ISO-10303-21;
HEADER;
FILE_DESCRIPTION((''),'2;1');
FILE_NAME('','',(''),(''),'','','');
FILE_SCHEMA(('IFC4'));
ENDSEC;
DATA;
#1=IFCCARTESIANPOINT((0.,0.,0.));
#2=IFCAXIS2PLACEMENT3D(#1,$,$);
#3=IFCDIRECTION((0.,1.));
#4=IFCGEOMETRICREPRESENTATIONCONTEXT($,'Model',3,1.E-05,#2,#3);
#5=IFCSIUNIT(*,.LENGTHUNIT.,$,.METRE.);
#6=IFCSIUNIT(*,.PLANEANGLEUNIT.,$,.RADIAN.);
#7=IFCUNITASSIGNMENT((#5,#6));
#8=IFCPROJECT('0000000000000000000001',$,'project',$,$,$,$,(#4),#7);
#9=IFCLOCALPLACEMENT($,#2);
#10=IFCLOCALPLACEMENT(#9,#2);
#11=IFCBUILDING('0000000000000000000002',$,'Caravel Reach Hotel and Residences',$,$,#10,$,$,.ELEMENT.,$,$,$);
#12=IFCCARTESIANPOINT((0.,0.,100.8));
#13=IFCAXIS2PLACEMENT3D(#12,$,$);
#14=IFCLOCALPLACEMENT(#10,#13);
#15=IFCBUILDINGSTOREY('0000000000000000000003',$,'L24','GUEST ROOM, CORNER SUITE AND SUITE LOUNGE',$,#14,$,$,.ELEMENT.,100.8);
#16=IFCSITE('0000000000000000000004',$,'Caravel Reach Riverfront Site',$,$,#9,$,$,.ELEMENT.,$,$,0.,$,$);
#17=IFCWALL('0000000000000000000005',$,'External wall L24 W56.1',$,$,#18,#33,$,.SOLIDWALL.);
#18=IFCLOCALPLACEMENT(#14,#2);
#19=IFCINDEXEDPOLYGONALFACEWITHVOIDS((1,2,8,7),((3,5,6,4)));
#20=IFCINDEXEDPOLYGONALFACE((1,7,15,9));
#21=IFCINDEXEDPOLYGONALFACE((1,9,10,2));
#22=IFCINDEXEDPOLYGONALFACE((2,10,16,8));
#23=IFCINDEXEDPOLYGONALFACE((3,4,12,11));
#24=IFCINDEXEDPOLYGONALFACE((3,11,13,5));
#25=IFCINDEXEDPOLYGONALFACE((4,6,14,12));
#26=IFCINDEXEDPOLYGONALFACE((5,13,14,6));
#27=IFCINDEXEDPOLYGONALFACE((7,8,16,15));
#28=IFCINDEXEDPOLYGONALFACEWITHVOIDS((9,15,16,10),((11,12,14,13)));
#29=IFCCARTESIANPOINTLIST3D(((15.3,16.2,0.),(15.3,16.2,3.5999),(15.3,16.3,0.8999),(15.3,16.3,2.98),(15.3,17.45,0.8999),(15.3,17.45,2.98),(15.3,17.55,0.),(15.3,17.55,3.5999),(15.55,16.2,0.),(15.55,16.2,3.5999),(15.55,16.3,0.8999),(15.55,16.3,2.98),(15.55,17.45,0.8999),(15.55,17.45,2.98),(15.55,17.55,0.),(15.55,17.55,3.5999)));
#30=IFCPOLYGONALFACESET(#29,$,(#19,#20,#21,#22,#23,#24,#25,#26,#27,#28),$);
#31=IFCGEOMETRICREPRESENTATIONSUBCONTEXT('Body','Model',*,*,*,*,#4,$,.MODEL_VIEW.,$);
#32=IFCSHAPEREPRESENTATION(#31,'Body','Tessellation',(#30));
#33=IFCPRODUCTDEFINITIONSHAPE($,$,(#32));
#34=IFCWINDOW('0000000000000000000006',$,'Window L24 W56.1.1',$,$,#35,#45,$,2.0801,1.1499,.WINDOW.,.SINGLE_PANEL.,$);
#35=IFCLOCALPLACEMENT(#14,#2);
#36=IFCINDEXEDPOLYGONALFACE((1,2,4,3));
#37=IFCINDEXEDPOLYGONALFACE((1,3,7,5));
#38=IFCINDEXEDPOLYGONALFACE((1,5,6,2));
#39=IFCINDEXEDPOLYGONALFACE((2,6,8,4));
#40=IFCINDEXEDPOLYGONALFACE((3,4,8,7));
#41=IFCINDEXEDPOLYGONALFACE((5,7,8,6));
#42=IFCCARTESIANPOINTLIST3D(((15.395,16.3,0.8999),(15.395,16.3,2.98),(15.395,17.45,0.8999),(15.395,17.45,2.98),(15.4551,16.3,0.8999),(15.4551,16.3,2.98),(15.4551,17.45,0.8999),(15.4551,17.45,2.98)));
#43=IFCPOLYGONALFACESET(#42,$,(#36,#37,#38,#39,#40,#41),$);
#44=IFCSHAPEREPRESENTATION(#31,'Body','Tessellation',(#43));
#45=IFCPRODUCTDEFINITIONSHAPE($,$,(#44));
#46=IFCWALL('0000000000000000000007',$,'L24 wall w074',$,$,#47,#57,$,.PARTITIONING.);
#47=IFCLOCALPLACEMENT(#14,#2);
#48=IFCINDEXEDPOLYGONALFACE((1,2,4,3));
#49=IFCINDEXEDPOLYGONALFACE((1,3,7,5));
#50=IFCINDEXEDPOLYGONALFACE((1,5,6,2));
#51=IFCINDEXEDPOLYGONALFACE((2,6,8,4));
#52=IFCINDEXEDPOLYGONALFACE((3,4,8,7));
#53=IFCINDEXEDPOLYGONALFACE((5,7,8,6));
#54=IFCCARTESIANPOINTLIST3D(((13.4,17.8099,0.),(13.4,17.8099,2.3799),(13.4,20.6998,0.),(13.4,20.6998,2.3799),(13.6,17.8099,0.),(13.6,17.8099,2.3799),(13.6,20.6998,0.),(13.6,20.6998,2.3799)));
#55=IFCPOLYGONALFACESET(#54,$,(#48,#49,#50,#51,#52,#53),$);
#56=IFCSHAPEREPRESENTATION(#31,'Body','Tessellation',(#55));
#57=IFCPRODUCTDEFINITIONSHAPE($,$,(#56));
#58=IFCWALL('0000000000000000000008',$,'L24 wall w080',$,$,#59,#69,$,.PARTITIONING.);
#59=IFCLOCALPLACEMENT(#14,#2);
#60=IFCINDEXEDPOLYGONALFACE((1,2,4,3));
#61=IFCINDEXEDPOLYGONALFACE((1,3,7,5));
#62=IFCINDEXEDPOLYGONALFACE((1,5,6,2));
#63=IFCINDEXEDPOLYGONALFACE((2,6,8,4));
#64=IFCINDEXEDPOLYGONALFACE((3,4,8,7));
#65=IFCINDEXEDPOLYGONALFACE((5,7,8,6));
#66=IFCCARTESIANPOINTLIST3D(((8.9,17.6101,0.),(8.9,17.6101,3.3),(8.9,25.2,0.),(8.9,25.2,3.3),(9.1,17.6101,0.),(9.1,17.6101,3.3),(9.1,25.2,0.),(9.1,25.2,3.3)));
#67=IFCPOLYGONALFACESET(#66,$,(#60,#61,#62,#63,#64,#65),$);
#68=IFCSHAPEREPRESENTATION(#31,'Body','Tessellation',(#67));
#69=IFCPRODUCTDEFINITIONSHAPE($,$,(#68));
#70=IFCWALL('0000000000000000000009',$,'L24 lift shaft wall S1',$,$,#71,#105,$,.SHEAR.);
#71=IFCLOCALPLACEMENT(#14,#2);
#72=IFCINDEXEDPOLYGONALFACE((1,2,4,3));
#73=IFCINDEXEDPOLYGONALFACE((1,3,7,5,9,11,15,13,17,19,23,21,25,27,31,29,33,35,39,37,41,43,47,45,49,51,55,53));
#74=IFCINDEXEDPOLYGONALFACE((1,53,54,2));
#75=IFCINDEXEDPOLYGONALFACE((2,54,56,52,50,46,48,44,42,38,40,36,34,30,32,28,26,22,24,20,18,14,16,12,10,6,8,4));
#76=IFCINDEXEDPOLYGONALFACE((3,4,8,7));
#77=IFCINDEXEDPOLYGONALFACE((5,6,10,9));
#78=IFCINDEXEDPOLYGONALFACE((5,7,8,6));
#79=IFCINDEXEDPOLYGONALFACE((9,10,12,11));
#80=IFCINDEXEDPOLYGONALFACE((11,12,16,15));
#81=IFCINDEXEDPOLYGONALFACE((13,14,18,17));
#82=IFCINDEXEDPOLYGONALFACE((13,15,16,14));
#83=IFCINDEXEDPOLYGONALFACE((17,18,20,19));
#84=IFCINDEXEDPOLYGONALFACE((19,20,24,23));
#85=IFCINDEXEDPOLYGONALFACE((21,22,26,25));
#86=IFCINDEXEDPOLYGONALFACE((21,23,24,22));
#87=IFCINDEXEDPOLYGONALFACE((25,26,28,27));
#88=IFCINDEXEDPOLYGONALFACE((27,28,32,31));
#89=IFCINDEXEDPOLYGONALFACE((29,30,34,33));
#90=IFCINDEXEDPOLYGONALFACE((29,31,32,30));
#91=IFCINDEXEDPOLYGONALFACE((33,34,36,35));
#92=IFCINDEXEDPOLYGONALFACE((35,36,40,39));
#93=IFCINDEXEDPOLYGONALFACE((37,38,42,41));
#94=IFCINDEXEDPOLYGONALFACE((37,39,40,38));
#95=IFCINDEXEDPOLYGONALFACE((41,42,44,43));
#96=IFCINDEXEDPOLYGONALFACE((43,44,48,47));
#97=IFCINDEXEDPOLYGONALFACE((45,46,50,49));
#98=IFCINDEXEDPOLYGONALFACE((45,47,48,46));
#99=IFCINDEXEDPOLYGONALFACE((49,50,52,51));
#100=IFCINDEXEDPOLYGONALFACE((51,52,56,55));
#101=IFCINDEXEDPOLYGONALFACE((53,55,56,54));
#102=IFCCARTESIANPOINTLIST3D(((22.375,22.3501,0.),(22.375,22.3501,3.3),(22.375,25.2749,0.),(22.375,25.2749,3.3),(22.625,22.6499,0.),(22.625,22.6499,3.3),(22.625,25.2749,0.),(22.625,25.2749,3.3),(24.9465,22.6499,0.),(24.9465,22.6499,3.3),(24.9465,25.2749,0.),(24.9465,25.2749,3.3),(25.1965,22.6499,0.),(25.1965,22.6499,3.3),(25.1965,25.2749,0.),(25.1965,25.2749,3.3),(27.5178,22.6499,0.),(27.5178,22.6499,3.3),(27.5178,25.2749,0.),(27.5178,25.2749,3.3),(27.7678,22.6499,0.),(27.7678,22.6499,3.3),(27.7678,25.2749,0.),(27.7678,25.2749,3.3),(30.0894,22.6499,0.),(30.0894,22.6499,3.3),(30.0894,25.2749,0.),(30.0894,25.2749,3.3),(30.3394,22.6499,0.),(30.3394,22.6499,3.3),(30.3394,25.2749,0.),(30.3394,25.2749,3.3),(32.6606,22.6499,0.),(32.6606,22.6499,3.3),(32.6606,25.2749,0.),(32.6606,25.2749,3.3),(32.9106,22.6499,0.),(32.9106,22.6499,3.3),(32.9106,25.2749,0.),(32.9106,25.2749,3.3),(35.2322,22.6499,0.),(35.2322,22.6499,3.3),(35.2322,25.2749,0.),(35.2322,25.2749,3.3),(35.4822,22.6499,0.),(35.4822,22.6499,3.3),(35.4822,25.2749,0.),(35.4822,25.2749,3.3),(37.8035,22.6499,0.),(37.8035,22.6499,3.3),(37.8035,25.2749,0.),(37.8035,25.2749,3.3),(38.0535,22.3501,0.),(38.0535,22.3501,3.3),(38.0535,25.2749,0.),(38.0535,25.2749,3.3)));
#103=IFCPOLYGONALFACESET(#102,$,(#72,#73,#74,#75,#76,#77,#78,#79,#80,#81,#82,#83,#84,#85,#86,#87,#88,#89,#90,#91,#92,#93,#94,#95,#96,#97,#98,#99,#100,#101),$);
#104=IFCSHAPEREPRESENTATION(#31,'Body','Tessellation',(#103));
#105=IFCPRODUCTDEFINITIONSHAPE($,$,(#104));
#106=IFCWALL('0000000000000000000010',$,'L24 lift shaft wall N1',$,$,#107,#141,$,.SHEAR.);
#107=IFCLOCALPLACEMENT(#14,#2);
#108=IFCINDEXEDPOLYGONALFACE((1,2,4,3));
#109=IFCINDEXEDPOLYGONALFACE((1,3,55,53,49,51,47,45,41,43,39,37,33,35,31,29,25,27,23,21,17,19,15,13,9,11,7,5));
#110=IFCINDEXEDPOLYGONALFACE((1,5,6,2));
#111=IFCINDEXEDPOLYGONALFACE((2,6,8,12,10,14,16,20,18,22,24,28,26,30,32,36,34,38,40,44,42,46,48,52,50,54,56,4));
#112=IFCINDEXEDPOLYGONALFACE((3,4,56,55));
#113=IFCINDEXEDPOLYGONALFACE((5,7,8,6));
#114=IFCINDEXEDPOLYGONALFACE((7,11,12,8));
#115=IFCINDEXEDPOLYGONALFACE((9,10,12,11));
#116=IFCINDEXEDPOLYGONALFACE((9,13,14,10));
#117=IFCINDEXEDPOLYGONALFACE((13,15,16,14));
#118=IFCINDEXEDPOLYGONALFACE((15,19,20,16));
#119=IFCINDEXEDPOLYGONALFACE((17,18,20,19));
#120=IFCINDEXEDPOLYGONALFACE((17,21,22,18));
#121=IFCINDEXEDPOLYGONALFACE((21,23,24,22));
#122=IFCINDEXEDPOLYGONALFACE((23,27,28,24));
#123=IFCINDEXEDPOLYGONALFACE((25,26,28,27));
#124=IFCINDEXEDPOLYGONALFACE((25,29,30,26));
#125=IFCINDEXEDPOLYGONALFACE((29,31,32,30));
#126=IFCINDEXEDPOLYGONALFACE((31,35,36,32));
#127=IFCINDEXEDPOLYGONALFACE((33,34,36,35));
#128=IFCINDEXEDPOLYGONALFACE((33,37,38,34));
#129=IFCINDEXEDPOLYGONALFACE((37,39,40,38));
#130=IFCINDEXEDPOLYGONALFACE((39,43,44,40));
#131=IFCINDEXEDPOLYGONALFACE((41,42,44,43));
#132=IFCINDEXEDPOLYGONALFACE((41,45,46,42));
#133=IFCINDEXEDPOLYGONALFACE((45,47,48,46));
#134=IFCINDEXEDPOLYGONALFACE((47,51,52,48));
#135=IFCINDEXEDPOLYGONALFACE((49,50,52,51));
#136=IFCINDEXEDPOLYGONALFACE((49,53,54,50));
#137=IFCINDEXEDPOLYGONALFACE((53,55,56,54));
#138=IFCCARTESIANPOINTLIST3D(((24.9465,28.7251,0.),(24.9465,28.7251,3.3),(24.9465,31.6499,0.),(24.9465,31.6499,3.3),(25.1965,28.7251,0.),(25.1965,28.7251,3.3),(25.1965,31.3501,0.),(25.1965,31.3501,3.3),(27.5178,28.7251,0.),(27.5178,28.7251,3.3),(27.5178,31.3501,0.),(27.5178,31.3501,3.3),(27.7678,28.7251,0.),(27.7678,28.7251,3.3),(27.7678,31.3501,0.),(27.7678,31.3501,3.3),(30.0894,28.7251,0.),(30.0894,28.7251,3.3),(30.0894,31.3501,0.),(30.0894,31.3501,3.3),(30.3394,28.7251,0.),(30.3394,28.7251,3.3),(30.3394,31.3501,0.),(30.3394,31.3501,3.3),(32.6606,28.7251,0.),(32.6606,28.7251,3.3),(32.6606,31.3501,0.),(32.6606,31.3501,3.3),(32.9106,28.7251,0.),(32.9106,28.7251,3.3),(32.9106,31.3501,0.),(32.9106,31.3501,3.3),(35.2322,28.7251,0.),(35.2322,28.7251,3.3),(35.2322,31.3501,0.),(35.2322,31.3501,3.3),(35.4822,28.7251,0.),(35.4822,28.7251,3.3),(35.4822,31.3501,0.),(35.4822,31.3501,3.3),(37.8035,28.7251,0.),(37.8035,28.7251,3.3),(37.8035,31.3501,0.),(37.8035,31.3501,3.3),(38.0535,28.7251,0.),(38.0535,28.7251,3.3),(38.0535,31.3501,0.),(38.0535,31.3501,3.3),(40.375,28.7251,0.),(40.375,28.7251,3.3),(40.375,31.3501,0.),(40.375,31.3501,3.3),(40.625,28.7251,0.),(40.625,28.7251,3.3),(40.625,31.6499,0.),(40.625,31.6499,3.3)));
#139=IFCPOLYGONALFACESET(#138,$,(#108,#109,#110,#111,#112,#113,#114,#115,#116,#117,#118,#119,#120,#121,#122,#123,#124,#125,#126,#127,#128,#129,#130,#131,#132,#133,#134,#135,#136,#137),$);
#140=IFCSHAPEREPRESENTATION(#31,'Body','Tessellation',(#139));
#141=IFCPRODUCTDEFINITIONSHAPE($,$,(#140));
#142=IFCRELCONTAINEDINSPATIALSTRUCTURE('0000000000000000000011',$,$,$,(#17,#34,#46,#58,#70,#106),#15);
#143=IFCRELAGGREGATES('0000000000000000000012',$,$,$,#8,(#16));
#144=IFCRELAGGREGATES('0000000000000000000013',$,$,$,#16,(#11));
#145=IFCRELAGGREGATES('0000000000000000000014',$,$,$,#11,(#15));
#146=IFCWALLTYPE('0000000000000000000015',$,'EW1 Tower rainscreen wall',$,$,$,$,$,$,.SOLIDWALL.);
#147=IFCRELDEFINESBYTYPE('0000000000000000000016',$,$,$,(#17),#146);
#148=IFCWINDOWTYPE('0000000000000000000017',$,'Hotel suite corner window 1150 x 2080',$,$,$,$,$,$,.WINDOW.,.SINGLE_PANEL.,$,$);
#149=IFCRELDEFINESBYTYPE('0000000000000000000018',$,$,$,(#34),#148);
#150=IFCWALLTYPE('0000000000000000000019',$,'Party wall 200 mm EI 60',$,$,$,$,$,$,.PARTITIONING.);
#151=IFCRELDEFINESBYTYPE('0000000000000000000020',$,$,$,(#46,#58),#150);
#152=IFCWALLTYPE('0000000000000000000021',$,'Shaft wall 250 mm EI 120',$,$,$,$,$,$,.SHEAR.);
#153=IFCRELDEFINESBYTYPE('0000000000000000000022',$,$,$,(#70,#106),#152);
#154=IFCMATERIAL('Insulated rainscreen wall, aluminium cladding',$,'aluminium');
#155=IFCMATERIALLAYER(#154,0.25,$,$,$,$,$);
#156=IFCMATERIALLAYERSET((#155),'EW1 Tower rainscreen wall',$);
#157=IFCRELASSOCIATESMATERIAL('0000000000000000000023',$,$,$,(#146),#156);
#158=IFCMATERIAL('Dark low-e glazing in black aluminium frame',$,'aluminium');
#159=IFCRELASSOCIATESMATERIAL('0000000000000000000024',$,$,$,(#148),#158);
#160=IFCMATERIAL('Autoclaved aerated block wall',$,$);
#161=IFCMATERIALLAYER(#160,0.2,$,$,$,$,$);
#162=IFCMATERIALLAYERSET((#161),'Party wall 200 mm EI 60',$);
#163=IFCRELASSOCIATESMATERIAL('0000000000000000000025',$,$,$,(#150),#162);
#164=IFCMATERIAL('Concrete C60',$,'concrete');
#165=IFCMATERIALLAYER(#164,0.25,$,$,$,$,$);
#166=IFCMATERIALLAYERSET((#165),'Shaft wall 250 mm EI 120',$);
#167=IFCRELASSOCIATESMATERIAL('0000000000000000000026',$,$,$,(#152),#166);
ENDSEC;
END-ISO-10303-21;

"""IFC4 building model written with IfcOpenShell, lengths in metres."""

from ifc_helpers import new_model, si_unit, direction, frame, frame_2d, origin, place, context, subcontext, project, spatial, polyline, rectangle, outline, extrude, material, layer, layer_set, type_object, element, fill, save


model = new_model("IFC4")

# Units and contexts
model_context = context("Model", 3, precision=1e-05, world=origin(), true_north=direction((0.0, 1.0)))
body_context = subcontext(model_context, "Body", "Model", "MODEL_VIEW")
ifc_project = project(units=[si_unit("LENGTHUNIT", "METRE"), si_unit("PLANEANGLEUNIT", "RADIAN")], contexts=[model_context])

# Site, building, storey
site_placement = place(None, origin())
site = spatial("IfcSite", under=ifc_project, at=site_placement, Name="Caravel Reach Riverfront Site", CompositionType="ELEMENT", RefElevation=0.0)
building_placement = place(site_placement, origin())
building = spatial("IfcBuilding", under=site, at=building_placement, Name="Caravel Reach Hotel and Residences", CompositionType="ELEMENT")
storey_placement = place(building_placement, frame((0.0, 0.0, 100.8)))
storey = spatial("IfcBuildingStorey", under=building, at=storey_placement, Name="L24", Description="GUEST ROOM, CORNER SUITE AND SUITE LOUNGE", CompositionType="ELEMENT", Elevation=100.8)

# Shared definitions
ifc_material_1 = material(Name="Insulated rainscreen wall, aluminium cladding", Category="aluminium")
ifc_layer_1 = layer(ifc_material_1, 0.25)
ifc_layer_set_1 = layer_set([ifc_layer_1], Name="EW1 Tower rainscreen wall")
wall_type_1 = type_object("IfcWallType", Name="EW1 Tower rainscreen wall", PredefinedType="SOLIDWALL", material=ifc_layer_set_1)

# Wall, opening, window
ifc_material_2 = material(Name="Dark low-e glazing in black aluminium frame", Category="aluminium")
window_type_1 = type_object("IfcWindowType", Name="Hotel suite corner window 1150 x 2080", PartitioningType="SINGLE_PANEL", PredefinedType="WINDOW", material=ifc_material_2)
wall_1_placement = place(storey_placement, frame((15.425, 17.55, 0.0), z_axis=(0.0, 0.0, 1.0), x_axis=(0.0, -1.0, 0.0)))
wall_1 = element("IfcWall", 1, at=wall_1_placement, inside=storey, type_object=wall_type_1, Name="External wall L24 W56.1", PredefinedType="SOLIDWALL", context=body_context, shape_type="SweptSolid", body=[
    extrude(rectangle(XDim=1.3501, YDim=0.25, at=frame_2d((0.675, 0.0))), origin(), (0.0, 0.0, 1.0), 3.5999),
])
opening_1_placement = place(wall_1_placement, frame((0.1001, 0.0, 0.8999)))
opening_1 = element("IfcOpeningElement", 2, at=opening_1_placement, cuts=wall_1, PredefinedType="OPENING", context=body_context, shape_type="SweptSolid", body=[
    extrude(rectangle(XDim=1.1499, YDim=2.0801, at=frame_2d((0.575, 1.04))), frame((0.0, 0.135, 0.0), z_axis=(0.0, -1.0, 0.0), x_axis=(1.0, 0.0, 0.0)), (0.0, 0.0, 1.0), 0.27),
])
window_1_placement = place(opening_1_placement, origin())
window_1 = element("IfcWindow", 3, at=window_1_placement, inside=storey, type_object=window_type_1, Name="Window L24 W56.1.1", OverallHeight=2.0801, OverallWidth=1.1499, PartitioningType="SINGLE_PANEL", PredefinedType="WINDOW", context=body_context, shape_type="SweptSolid", body=[
    extrude(rectangle(XDim=1.1499, YDim=2.0801, at=frame_2d((0.575, 1.04))), frame((0.0, 0.03, 0.0), z_axis=(0.0, -1.0, 0.0), x_axis=(1.0, 0.0, 0.0)), (0.0, 0.0, 1.0), 0.0601),
])
fill(opening_1, window_1)

# Walls
ifc_material_3 = material(Name="Autoclaved aerated block wall")
ifc_layer_2 = layer(ifc_material_3, 0.2)
ifc_layer_set_2 = layer_set([ifc_layer_2], Name="Party wall 200 mm EI 60")
wall_type_2 = type_object("IfcWallType", Name="Party wall 200 mm EI 60", PredefinedType="PARTITIONING", material=ifc_layer_set_2)
wall_2_placement = place(storey_placement, frame((13.5, 17.8101, 0.0), z_axis=(0.0, 0.0, 1.0), x_axis=(0.0, 1.0, 0.0)))
element("IfcWall", 4, at=wall_2_placement, inside=storey, type_object=wall_type_2, Name="L24 wall w074", PredefinedType="PARTITIONING", context=body_context, shape_type="SweptSolid", body=[
    extrude(rectangle(XDim=2.8899, YDim=0.2, at=frame_2d((1.4448, 0.0))), origin(), (0.0, 0.0, 1.0), 2.3799),
])
wall_3_placement = place(storey_placement, frame((9.0, 17.6101, 0.0), z_axis=(0.0, 0.0, 1.0), x_axis=(0.0, 1.0, 0.0)))
element("IfcWall", 5, at=wall_3_placement, inside=storey, type_object=wall_type_2, Name="L24 wall w080", PredefinedType="PARTITIONING", context=body_context, shape_type="SweptSolid", body=[
    extrude(rectangle(XDim=7.5898, YDim=0.2, at=frame_2d((3.7949, 0.0))), origin(), (0.0, 0.0, 1.0), 3.3),
])
ifc_material_4 = material(Name="Concrete C60", Category="concrete")
ifc_layer_3 = layer(ifc_material_4, 0.25)
ifc_layer_set_3 = layer_set([ifc_layer_3], Name="Shaft wall 250 mm EI 120")
wall_type_3 = type_object("IfcWallType", Name="Shaft wall 250 mm EI 120", PredefinedType="SHEAR", material=ifc_layer_set_3)
wall_4_placement = place(storey_placement, origin())
element("IfcWall", 6, at=wall_4_placement, inside=storey, type_object=wall_type_3, Name="L24 lift shaft wall S1", PredefinedType="SHEAR", context=body_context, shape_type="SweptSolid", body=[
    extrude(outline(polyline([(22.375, 22.3501), (38.0535, 22.3501), (38.0535, 25.2749), (37.8035, 25.2749), (37.8035, 22.6499), (35.4822, 22.6499), (35.4822, 25.2749), (35.2322, 25.2749), (35.2322, 22.6499), (32.9106, 22.6499), (32.9106, 25.2749), (32.6606, 25.2749), (32.6606, 22.6499), (30.3394, 22.6499), (30.3394, 25.2749), (30.0894, 25.2749), (30.0894, 22.6499), (27.7678, 22.6499), (27.7678, 25.2749), (27.5178, 25.2749), (27.5178, 22.6499), (25.1965, 22.6499), (25.1965, 25.2749), (24.9465, 25.2749), (24.9465, 22.6499), (22.625, 22.6499), (22.625, 25.2749), (22.375, 25.2749), (22.375, 22.3501)])), origin(), (0.0, 0.0, 1.0), 3.3),
])
wall_5_placement = place(storey_placement, origin())
element("IfcWall", 7, at=wall_5_placement, inside=storey, type_object=wall_type_3, Name="L24 lift shaft wall N1", PredefinedType="SHEAR", context=body_context, shape_type="SweptSolid", body=[
    extrude(outline(polyline([(24.9465, 28.7251), (25.1965, 28.7251), (25.1965, 31.3501), (27.5178, 31.3501), (27.5178, 28.7251), (27.7678, 28.7251), (27.7678, 31.3501), (30.0894, 31.3501), (30.0894, 28.7251), (30.3394, 28.7251), (30.3394, 31.3501), (32.6606, 31.3501), (32.6606, 28.7251), (32.9106, 28.7251), (32.9106, 31.3501), (35.2322, 31.3501), (35.2322, 28.7251), (35.4822, 28.7251), (35.4822, 31.3501), (37.8035, 31.3501), (37.8035, 28.7251), (38.0535, 28.7251), (38.0535, 31.3501), (40.375, 31.3501), (40.375, 28.7251), (40.625, 28.7251), (40.625, 31.6499), (24.9465, 31.6499), (24.9465, 28.7251)])), origin(), (0.0, 0.0, 1.0), 3.3),
])

save(model, "model.ifc")
